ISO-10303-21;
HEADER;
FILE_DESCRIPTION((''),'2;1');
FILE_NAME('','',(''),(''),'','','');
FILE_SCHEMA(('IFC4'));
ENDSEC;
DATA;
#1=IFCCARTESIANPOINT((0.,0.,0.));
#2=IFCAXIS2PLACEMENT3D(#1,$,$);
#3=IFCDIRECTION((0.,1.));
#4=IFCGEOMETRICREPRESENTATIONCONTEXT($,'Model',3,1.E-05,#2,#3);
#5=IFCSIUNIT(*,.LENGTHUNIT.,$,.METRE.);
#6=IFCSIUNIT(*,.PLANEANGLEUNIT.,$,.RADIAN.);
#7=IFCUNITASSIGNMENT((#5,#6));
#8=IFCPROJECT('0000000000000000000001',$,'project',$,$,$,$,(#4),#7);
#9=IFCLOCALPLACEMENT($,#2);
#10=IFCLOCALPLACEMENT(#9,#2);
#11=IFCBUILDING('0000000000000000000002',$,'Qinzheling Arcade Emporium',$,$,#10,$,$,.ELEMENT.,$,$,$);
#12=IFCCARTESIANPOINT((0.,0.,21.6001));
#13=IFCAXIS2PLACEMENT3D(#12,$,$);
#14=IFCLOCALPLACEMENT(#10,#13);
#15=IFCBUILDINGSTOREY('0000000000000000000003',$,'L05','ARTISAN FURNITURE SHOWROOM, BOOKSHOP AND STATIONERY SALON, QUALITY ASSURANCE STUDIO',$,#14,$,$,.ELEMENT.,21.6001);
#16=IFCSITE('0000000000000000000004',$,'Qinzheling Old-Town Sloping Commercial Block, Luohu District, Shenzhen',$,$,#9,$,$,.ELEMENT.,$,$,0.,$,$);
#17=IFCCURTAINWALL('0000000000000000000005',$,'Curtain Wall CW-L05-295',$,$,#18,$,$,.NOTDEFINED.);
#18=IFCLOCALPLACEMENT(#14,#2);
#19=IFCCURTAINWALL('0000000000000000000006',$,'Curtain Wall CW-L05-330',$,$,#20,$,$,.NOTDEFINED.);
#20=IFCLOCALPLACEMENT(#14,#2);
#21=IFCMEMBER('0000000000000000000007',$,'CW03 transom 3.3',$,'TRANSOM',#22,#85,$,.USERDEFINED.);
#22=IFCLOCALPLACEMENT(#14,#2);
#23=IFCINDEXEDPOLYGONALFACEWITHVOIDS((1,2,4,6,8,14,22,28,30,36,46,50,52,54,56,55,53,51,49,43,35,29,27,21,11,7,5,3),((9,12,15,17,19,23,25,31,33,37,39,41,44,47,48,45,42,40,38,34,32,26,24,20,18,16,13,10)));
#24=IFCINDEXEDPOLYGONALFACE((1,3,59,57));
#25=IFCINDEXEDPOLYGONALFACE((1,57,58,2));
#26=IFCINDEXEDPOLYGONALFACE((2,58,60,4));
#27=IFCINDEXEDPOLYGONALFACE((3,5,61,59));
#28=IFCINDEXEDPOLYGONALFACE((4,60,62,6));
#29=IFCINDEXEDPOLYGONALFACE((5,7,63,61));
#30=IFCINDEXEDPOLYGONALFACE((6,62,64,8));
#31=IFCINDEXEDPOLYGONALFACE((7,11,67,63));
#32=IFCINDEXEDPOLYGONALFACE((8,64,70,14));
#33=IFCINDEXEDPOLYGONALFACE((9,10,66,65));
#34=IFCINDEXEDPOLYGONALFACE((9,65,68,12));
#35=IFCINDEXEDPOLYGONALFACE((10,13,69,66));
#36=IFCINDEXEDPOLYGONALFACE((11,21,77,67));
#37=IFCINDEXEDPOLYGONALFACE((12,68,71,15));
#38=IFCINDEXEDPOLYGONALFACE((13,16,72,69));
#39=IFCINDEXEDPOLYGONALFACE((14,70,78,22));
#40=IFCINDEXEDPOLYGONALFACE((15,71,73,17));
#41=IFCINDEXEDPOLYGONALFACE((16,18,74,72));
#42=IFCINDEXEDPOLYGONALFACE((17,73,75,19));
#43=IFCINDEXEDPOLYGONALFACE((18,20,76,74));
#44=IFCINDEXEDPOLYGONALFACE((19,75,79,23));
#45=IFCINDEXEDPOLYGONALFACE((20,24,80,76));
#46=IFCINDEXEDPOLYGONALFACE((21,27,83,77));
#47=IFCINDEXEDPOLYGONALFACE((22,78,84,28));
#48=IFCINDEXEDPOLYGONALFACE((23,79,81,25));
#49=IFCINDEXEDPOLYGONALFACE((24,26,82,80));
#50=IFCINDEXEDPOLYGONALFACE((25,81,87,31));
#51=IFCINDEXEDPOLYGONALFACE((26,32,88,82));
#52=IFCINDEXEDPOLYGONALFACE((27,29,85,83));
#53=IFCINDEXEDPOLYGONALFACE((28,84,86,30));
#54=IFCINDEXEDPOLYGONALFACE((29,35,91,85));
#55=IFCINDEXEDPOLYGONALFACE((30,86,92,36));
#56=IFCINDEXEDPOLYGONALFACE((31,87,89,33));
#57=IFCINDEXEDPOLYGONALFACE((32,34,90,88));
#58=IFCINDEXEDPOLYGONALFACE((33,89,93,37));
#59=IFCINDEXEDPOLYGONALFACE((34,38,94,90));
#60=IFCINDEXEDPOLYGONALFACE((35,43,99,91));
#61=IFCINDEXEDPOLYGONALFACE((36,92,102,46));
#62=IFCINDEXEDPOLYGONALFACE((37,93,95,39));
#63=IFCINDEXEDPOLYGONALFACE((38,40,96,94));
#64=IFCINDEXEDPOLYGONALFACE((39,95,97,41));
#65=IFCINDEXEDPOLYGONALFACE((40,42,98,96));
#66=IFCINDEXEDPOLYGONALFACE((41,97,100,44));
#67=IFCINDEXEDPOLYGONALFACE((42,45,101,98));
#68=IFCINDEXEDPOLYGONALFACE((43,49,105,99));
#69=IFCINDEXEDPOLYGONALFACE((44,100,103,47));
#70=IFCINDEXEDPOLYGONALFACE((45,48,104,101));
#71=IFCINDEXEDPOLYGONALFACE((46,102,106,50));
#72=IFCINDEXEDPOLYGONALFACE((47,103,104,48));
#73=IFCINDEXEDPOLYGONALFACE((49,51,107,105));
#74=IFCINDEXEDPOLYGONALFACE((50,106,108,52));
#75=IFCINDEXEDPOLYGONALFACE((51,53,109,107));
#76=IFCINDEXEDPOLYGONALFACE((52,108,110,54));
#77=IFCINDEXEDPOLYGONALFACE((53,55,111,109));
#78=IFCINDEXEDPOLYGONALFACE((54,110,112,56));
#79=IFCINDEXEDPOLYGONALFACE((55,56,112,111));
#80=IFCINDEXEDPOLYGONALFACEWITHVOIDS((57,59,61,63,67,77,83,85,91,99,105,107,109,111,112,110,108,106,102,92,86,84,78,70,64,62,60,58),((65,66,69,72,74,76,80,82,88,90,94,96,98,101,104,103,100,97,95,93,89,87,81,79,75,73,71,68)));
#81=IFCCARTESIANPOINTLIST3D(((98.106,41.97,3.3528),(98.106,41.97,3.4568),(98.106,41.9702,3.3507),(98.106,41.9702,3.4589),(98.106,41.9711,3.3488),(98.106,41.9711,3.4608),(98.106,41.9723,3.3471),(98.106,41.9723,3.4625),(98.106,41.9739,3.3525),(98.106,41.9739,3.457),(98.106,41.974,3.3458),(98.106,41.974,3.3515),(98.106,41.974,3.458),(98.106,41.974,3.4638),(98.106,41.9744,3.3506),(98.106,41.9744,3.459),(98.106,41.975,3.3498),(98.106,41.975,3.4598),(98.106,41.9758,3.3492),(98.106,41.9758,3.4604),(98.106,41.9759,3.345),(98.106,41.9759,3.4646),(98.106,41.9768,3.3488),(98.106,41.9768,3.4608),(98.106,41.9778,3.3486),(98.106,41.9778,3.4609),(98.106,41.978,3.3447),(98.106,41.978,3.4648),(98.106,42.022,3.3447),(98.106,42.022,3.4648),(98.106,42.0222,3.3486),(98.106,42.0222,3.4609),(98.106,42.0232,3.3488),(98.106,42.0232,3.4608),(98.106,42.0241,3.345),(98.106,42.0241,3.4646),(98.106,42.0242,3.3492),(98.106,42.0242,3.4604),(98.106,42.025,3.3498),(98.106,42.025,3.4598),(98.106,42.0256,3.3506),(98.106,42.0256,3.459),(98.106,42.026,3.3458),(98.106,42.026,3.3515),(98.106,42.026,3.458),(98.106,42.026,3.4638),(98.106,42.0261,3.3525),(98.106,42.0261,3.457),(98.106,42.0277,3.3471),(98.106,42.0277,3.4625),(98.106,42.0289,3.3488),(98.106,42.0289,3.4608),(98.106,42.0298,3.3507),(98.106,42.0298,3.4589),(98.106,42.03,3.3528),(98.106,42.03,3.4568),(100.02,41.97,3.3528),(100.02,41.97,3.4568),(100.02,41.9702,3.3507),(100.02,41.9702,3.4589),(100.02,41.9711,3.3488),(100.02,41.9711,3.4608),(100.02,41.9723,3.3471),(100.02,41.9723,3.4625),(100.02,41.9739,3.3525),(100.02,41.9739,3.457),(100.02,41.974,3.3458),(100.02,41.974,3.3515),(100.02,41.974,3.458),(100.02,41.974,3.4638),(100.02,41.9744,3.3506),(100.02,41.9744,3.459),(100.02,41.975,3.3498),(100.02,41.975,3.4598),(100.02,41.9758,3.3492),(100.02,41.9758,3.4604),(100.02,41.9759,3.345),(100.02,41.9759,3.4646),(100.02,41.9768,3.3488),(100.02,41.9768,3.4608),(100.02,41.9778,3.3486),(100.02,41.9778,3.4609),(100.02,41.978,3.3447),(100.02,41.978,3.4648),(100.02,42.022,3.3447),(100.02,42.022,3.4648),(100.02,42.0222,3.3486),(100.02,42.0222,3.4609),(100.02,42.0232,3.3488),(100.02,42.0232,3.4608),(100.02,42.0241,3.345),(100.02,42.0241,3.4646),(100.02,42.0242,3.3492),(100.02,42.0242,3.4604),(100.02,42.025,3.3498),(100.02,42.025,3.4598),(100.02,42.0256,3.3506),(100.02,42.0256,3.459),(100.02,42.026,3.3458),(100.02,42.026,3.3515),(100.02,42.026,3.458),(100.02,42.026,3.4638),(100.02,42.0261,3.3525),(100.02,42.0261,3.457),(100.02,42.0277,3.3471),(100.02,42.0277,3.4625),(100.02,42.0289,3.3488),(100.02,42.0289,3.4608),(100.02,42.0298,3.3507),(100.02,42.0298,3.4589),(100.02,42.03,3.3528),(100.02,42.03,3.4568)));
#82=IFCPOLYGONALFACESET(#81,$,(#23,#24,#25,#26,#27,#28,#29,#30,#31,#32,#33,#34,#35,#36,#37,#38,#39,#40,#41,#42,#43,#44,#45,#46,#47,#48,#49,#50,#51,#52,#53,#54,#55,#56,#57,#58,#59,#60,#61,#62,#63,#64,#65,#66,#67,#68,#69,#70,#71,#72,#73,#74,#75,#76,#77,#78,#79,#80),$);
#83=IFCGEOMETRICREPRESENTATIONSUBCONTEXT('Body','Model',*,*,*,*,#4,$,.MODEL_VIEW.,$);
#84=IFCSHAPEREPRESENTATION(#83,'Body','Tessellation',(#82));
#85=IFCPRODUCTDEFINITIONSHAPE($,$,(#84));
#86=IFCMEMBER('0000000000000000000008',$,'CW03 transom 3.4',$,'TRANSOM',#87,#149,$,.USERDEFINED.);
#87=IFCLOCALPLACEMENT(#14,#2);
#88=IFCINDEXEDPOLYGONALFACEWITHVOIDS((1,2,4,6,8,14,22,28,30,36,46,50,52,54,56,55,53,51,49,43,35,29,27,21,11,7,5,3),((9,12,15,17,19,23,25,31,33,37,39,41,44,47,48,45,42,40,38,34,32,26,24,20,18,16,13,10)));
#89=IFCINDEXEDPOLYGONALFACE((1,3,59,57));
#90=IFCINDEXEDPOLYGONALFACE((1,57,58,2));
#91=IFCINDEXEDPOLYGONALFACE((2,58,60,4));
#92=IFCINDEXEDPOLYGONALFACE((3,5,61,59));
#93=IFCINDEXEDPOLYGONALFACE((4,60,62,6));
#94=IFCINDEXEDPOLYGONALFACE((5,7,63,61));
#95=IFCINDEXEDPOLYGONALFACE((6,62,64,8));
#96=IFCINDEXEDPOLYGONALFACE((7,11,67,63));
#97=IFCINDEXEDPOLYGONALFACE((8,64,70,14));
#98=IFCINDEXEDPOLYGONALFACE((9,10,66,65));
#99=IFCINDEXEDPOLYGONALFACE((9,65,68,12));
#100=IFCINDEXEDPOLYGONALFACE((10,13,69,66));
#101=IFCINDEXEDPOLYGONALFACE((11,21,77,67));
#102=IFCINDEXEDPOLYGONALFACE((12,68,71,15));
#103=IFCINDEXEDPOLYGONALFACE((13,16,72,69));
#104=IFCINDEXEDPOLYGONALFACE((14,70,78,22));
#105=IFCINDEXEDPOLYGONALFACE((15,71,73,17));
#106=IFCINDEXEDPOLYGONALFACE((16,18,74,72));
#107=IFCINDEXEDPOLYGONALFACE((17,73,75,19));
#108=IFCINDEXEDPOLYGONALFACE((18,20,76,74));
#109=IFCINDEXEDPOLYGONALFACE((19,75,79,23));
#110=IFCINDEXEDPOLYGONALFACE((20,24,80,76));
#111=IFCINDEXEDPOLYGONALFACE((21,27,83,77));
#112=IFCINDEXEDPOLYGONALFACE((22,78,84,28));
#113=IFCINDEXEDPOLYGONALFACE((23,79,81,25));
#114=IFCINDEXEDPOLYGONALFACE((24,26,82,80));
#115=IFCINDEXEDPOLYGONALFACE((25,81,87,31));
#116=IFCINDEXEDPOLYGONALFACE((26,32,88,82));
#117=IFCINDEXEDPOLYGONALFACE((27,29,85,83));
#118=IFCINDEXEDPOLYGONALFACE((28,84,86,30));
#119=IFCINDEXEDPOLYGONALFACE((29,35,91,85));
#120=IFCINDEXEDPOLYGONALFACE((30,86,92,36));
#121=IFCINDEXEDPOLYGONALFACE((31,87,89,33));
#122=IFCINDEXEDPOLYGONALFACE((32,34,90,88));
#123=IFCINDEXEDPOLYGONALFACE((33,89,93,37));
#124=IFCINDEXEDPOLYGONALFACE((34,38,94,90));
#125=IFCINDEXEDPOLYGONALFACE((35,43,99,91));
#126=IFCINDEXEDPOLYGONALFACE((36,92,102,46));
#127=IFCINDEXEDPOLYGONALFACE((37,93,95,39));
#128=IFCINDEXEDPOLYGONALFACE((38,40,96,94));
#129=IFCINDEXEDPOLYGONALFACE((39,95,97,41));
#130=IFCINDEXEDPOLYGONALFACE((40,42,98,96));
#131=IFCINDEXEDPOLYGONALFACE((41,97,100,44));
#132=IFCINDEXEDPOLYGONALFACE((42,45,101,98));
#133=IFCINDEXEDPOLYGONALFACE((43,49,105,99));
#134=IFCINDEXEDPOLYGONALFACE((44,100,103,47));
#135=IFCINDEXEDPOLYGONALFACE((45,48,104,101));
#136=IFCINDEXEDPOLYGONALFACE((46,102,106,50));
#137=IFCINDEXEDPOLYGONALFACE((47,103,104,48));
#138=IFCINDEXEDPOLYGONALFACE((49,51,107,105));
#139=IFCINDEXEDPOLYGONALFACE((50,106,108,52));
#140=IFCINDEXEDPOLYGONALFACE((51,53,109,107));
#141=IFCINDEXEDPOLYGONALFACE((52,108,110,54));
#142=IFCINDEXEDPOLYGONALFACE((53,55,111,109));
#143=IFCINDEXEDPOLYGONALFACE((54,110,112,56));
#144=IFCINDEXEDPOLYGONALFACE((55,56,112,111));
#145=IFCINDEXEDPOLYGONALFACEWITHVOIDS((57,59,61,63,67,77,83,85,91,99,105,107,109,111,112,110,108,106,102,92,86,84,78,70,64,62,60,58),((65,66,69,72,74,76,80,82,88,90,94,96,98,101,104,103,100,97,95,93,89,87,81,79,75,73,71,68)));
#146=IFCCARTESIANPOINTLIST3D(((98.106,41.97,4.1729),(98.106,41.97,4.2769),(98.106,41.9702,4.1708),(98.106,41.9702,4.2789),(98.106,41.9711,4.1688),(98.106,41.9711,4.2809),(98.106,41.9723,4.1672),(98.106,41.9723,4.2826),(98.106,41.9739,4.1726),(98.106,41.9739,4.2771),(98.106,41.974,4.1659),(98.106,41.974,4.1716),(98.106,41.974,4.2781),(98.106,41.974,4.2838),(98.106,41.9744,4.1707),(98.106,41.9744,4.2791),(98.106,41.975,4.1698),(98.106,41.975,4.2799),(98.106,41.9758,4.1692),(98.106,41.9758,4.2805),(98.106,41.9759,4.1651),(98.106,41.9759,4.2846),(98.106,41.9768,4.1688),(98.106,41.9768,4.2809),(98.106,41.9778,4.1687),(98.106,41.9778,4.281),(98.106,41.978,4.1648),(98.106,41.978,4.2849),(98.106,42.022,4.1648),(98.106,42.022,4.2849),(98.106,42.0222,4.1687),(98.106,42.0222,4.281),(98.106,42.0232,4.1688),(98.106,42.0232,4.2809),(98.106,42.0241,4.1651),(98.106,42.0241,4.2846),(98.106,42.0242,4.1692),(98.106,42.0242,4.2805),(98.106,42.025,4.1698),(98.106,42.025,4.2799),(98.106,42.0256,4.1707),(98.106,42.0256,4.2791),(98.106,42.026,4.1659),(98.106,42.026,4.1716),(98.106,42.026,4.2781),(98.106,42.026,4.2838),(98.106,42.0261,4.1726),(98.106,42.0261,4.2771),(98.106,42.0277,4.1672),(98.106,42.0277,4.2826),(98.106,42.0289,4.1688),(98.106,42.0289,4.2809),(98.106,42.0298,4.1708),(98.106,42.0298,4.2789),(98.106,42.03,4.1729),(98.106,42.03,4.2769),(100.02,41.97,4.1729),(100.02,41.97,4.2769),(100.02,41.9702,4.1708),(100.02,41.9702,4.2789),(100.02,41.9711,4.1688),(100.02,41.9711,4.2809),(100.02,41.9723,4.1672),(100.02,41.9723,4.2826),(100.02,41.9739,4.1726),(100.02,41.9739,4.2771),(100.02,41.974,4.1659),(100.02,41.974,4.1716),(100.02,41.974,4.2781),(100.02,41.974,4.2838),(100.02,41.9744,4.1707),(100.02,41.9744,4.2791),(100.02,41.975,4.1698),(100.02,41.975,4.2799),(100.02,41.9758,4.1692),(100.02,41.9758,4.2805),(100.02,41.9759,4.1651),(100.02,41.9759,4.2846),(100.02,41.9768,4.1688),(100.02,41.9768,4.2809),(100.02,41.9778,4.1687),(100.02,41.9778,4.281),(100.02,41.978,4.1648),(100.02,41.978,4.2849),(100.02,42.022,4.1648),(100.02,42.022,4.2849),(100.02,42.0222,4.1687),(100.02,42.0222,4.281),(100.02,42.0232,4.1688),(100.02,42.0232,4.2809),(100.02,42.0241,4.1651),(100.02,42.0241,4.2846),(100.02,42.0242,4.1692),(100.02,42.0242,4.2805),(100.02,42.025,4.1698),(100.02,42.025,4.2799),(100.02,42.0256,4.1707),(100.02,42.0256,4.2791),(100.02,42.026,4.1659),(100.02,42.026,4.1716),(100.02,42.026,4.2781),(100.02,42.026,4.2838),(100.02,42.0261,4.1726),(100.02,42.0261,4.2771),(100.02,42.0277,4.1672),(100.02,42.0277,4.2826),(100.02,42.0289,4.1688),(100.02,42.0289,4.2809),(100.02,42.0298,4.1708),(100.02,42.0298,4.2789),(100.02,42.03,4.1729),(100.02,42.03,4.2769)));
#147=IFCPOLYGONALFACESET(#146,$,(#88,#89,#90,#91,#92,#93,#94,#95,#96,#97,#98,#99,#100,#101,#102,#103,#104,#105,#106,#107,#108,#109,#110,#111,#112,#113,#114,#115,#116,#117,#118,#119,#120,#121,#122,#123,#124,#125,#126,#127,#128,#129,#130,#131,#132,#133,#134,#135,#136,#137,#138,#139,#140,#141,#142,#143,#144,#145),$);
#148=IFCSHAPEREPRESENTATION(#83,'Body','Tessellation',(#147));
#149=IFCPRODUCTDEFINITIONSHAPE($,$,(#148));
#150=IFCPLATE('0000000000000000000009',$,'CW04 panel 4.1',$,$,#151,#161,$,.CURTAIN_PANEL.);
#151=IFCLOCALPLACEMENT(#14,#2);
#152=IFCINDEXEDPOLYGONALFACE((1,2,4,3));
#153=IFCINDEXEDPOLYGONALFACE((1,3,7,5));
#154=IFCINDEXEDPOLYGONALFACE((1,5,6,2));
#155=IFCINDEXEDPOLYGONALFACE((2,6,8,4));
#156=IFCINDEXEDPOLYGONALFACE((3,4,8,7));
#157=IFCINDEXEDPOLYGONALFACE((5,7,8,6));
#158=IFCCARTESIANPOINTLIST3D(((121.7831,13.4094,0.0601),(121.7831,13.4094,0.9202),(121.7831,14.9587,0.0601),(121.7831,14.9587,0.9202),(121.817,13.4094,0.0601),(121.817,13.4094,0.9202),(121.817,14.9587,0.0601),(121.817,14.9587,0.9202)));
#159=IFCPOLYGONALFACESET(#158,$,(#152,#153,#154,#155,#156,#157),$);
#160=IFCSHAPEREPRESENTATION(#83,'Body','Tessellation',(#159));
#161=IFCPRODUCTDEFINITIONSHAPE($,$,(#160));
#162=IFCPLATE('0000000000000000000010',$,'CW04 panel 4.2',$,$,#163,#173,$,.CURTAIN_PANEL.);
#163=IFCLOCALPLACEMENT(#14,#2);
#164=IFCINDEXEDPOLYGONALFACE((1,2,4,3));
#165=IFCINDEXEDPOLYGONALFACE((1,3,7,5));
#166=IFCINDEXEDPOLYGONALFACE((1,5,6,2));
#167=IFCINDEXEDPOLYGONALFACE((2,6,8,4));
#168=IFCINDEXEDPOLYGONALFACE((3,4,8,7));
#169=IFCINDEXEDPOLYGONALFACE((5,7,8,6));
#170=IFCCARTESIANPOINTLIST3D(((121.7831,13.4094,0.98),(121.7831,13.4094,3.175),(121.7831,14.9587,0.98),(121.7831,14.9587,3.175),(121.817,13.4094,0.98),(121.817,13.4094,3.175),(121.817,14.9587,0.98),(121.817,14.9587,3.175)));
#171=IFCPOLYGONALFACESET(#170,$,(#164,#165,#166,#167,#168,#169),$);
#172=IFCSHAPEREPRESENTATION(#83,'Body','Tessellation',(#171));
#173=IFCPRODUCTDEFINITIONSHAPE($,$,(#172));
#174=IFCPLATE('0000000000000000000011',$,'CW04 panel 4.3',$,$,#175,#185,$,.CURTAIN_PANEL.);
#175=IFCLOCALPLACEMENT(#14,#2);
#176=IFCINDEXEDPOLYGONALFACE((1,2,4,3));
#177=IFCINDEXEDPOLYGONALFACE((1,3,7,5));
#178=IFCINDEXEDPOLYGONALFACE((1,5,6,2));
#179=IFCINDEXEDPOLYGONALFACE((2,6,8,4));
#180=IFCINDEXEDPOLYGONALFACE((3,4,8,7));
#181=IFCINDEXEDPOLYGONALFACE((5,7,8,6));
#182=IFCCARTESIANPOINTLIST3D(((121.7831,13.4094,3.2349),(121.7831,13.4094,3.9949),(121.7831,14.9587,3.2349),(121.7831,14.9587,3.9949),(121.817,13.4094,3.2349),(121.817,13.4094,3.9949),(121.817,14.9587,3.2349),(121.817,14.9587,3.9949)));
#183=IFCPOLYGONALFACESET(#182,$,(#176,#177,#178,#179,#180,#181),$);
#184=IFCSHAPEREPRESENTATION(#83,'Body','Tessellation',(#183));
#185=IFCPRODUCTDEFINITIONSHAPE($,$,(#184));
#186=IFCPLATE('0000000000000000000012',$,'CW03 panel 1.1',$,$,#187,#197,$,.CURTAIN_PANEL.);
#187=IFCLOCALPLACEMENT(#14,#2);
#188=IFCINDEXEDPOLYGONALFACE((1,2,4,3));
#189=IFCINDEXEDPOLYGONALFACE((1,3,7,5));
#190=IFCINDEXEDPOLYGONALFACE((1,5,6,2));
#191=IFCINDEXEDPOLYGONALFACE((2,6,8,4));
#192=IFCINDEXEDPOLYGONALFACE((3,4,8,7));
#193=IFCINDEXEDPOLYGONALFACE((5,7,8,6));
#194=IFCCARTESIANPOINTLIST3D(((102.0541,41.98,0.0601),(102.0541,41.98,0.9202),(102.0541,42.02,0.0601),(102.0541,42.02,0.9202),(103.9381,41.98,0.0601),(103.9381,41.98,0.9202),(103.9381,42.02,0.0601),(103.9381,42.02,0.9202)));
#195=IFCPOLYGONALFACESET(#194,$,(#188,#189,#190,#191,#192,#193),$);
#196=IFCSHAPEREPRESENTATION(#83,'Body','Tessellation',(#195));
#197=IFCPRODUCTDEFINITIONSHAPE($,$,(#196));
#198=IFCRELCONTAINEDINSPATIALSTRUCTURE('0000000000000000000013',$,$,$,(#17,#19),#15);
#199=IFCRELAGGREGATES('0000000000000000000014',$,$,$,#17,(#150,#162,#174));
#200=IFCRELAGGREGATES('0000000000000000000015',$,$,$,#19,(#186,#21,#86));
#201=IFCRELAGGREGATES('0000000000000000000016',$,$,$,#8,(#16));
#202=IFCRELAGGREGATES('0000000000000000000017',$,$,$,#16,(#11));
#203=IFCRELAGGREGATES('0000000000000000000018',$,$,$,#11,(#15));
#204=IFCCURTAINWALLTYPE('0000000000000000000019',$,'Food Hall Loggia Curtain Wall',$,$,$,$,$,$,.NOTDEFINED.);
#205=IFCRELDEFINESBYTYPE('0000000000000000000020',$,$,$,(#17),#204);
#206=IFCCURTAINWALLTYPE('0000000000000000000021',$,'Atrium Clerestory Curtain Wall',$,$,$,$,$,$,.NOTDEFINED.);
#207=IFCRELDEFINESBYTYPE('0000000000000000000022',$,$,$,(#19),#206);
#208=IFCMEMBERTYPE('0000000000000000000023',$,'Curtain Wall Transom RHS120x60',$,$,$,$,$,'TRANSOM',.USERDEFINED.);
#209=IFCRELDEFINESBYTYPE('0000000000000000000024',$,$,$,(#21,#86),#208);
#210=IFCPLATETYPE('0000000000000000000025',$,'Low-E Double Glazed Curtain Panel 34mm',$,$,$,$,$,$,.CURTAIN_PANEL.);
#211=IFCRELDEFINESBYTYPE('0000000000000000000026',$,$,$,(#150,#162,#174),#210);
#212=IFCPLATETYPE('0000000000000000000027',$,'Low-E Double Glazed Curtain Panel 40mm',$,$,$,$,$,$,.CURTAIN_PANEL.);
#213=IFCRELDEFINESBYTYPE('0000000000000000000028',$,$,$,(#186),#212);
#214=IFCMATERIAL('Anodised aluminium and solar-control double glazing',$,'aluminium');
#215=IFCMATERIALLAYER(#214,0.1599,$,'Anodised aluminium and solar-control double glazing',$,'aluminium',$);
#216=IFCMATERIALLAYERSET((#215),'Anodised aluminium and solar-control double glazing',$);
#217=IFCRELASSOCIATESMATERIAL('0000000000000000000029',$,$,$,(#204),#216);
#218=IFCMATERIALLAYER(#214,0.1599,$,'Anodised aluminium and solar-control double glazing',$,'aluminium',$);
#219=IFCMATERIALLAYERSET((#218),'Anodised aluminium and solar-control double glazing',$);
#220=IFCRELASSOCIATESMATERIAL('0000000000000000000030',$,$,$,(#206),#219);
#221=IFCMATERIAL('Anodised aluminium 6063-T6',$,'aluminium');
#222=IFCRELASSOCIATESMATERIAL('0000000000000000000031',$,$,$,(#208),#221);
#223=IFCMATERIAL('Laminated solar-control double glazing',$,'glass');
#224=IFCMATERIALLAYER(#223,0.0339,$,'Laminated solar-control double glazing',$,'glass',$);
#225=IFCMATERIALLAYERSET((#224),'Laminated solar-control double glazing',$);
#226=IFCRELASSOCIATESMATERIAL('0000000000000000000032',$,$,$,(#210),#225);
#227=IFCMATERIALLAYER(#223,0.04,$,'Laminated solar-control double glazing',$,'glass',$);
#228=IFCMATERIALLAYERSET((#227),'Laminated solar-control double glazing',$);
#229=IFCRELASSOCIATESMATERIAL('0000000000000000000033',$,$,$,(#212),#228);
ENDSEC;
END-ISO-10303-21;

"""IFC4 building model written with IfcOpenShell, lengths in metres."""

from ifc_helpers import new_model, si_unit, direction, frame, origin, origin_2d, place, context, subcontext, project, spatial, rectangle, hollow_rectangle, extrude, material, layer, layer_set, material_profile, profile_set, type_object, element, aggregate, save


model = new_model("IFC4")

# Units and contexts
model_context = context("Model", 3, precision=1e-05, world=origin(), true_north=direction((0.0, 1.0)))
body_context = subcontext(model_context, "Body", "Model", "MODEL_VIEW")
ifc_project = project(units=[si_unit("LENGTHUNIT", "METRE"), si_unit("PLANEANGLEUNIT", "RADIAN")], contexts=[model_context])

# Site, building, storey
site_placement = place(None, origin())
site = spatial("IfcSite", under=ifc_project, at=site_placement, Name="Qinzheling Old-Town Sloping Commercial Block, Luohu District, Shenzhen", CompositionType="ELEMENT", RefElevation=0.0)
building_placement = place(site_placement, origin())
building = spatial("IfcBuilding", under=site, at=building_placement, Name="Qinzheling Arcade Emporium", CompositionType="ELEMENT")
storey_placement = place(building_placement, frame((0.0, 0.0, 21.6001)))
storey = spatial("IfcBuildingStorey", under=building, at=storey_placement, Name="L05", Description="ARTISAN FURNITURE SHOWROOM, BOOKSHOP AND STATIONERY SALON, QUALITY ASSURANCE STUDIO", CompositionType="ELEMENT", Elevation=21.6001)

# Curtain wall
ifc_material_1 = material(Name="Anodised aluminium and solar-control double glazing", Category="aluminium")
ifc_layer_1 = layer(ifc_material_1, 0.1599, Name="Anodised aluminium and solar-control double glazing", Category="aluminium")
ifc_layer_set_1 = layer_set([ifc_layer_1], Name="Anodised aluminium and solar-control double glazing")
curtain_wall_type_1 = type_object("IfcCurtainWallType", Name="Food Hall Loggia Curtain Wall", PredefinedType="NOTDEFINED", material=ifc_layer_set_1)
curtain_wall_1_placement = place(storey_placement, origin())
curtain_wall_1 = element("IfcCurtainWall", 1, at=curtain_wall_1_placement, inside=storey, type_object=curtain_wall_type_1, Name="Curtain Wall CW-L05-295", PredefinedType="NOTDEFINED")
ifc_material_2 = material(Name="Anodised aluminium 6063-T6", Category="aluminium")

# Curtain wall
ifc_layer_2 = layer(ifc_material_1, 0.1599, Name="Anodised aluminium and solar-control double glazing", Category="aluminium")
ifc_layer_set_2 = layer_set([ifc_layer_2], Name="Anodised aluminium and solar-control double glazing")
curtain_wall_type_2 = type_object("IfcCurtainWallType", Name="Atrium Clerestory Curtain Wall", PredefinedType="NOTDEFINED", material=ifc_layer_set_2)
curtain_wall_2_placement = place(storey_placement, origin())
curtain_wall_2 = element("IfcCurtainWall", 2, at=curtain_wall_2_placement, inside=storey, type_object=curtain_wall_type_2, Name="Curtain Wall CW-L05-330", PredefinedType="NOTDEFINED")

# Members
ifc_material_profile_1 = material_profile(ifc_material_2, hollow_rectangle(XDim=0.0601, YDim=0.1201, WallThickness=0.0039, InnerFilletRadius=0.0039, OuterFilletRadius=0.0081, at=origin_2d()), Name="RHS 120x60x4", Category="aluminium")
ifc_profile_set_1 = profile_set([ifc_material_profile_1], Name="Anodised aluminium 6063-T6")
member_type_1 = type_object("IfcMemberType", Name="Curtain Wall Transom RHS120x60", ElementType="TRANSOM", PredefinedType="USERDEFINED", material=ifc_profile_set_1)
member_1_placement = place(storey_placement, frame((100.02, 42.0, 3.4048), z_axis=(-1.0, 0.0, 0.0), x_axis=(0.0, -1.0, 0.0)))
member_1 = element("IfcMember", 3, at=member_1_placement, type_object=member_type_1, Name="CW03 transom 3.3", ObjectType="TRANSOM", PredefinedType="USERDEFINED", context=body_context, shape_type="SweptSolid", body=[
    extrude(hollow_rectangle(XDim=0.0601, YDim=0.1201, WallThickness=0.0039, InnerFilletRadius=0.0039, OuterFilletRadius=0.0081, at=origin_2d()), origin(), (0.0, 0.0, 1.0), 1.9141),
])
member_2_placement = place(storey_placement, frame((100.02, 42.0, 4.2249), z_axis=(-1.0, 0.0, 0.0), x_axis=(0.0, -1.0, 0.0)))
member_2 = element("IfcMember", 4, at=member_2_placement, type_object=member_type_1, Name="CW03 transom 3.4", ObjectType="TRANSOM", PredefinedType="USERDEFINED", context=body_context, shape_type="SweptSolid", body=[
    extrude(hollow_rectangle(XDim=0.0601, YDim=0.1201, WallThickness=0.0039, InnerFilletRadius=0.0039, OuterFilletRadius=0.0081, at=origin_2d()), origin(), (0.0, 0.0, 1.0), 1.9141),
])

# Plates
ifc_material_3 = material(Name="Laminated solar-control double glazing", Category="glass")
ifc_layer_3 = layer(ifc_material_3, 0.0339, Name="Laminated solar-control double glazing", Category="glass")
ifc_layer_set_3 = layer_set([ifc_layer_3], Name="Laminated solar-control double glazing")
plate_type_1 = type_object("IfcPlateType", Name="Low-E Double Glazed Curtain Panel 34mm", PredefinedType="CURTAIN_PANEL", material=ifc_layer_set_3)
plate_1_placement = place(storey_placement, frame((121.8, 14.1841, 0.0601), z_axis=(0.0, 0.0, 1.0), x_axis=(0.0, 1.0, 0.0)))
plate_1 = element("IfcPlate", 5, at=plate_1_placement, type_object=plate_type_1, Name="CW04 panel 4.1", PredefinedType="CURTAIN_PANEL", context=body_context, shape_type="SweptSolid", body=[
    extrude(rectangle(XDim=1.5493, YDim=0.0339, at=origin_2d()), origin(), (0.0, 0.0, 1.0), 0.8601),
])
plate_2_placement = place(storey_placement, frame((121.8, 14.1841, 0.98), z_axis=(0.0, 0.0, 1.0), x_axis=(0.0, 1.0, 0.0)))
plate_2 = element("IfcPlate", 6, at=plate_2_placement, type_object=plate_type_1, Name="CW04 panel 4.2", PredefinedType="CURTAIN_PANEL", context=body_context, shape_type="SweptSolid", body=[
    extrude(rectangle(XDim=1.5493, YDim=0.0339, at=origin_2d()), origin(), (0.0, 0.0, 1.0), 2.1951),
])
plate_3_placement = place(storey_placement, frame((121.8, 14.1841, 3.2349), z_axis=(0.0, 0.0, 1.0), x_axis=(0.0, 1.0, 0.0)))
plate_3 = element("IfcPlate", 7, at=plate_3_placement, type_object=plate_type_1, Name="CW04 panel 4.3", PredefinedType="CURTAIN_PANEL", context=body_context, shape_type="SweptSolid", body=[
    extrude(rectangle(XDim=1.5493, YDim=0.0339, at=origin_2d()), origin(), (0.0, 0.0, 1.0), 0.76),
])
aggregate(curtain_wall_1, [plate_1, plate_2, plate_3])
ifc_layer_4 = layer(ifc_material_3, 0.04, Name="Laminated solar-control double glazing", Category="glass")
ifc_layer_set_4 = layer_set([ifc_layer_4], Name="Laminated solar-control double glazing")
plate_type_2 = type_object("IfcPlateType", Name="Low-E Double Glazed Curtain Panel 40mm", PredefinedType="CURTAIN_PANEL", material=ifc_layer_set_4)
plate_4_placement = place(storey_placement, frame((102.9961, 42.0, 0.0601), z_axis=(0.0, 0.0, 1.0), x_axis=(-1.0, 0.0, 0.0)))
plate_4 = element("IfcPlate", 8, at=plate_4_placement, type_object=plate_type_2, Name="CW03 panel 1.1", PredefinedType="CURTAIN_PANEL", context=body_context, shape_type="SweptSolid", body=[
    extrude(rectangle(XDim=1.884, YDim=0.04, at=origin_2d()), origin(), (0.0, 0.0, 1.0), 0.8601),
])
aggregate(curtain_wall_2, [plate_4, member_1, member_2])

save(model, "model.ifc")
